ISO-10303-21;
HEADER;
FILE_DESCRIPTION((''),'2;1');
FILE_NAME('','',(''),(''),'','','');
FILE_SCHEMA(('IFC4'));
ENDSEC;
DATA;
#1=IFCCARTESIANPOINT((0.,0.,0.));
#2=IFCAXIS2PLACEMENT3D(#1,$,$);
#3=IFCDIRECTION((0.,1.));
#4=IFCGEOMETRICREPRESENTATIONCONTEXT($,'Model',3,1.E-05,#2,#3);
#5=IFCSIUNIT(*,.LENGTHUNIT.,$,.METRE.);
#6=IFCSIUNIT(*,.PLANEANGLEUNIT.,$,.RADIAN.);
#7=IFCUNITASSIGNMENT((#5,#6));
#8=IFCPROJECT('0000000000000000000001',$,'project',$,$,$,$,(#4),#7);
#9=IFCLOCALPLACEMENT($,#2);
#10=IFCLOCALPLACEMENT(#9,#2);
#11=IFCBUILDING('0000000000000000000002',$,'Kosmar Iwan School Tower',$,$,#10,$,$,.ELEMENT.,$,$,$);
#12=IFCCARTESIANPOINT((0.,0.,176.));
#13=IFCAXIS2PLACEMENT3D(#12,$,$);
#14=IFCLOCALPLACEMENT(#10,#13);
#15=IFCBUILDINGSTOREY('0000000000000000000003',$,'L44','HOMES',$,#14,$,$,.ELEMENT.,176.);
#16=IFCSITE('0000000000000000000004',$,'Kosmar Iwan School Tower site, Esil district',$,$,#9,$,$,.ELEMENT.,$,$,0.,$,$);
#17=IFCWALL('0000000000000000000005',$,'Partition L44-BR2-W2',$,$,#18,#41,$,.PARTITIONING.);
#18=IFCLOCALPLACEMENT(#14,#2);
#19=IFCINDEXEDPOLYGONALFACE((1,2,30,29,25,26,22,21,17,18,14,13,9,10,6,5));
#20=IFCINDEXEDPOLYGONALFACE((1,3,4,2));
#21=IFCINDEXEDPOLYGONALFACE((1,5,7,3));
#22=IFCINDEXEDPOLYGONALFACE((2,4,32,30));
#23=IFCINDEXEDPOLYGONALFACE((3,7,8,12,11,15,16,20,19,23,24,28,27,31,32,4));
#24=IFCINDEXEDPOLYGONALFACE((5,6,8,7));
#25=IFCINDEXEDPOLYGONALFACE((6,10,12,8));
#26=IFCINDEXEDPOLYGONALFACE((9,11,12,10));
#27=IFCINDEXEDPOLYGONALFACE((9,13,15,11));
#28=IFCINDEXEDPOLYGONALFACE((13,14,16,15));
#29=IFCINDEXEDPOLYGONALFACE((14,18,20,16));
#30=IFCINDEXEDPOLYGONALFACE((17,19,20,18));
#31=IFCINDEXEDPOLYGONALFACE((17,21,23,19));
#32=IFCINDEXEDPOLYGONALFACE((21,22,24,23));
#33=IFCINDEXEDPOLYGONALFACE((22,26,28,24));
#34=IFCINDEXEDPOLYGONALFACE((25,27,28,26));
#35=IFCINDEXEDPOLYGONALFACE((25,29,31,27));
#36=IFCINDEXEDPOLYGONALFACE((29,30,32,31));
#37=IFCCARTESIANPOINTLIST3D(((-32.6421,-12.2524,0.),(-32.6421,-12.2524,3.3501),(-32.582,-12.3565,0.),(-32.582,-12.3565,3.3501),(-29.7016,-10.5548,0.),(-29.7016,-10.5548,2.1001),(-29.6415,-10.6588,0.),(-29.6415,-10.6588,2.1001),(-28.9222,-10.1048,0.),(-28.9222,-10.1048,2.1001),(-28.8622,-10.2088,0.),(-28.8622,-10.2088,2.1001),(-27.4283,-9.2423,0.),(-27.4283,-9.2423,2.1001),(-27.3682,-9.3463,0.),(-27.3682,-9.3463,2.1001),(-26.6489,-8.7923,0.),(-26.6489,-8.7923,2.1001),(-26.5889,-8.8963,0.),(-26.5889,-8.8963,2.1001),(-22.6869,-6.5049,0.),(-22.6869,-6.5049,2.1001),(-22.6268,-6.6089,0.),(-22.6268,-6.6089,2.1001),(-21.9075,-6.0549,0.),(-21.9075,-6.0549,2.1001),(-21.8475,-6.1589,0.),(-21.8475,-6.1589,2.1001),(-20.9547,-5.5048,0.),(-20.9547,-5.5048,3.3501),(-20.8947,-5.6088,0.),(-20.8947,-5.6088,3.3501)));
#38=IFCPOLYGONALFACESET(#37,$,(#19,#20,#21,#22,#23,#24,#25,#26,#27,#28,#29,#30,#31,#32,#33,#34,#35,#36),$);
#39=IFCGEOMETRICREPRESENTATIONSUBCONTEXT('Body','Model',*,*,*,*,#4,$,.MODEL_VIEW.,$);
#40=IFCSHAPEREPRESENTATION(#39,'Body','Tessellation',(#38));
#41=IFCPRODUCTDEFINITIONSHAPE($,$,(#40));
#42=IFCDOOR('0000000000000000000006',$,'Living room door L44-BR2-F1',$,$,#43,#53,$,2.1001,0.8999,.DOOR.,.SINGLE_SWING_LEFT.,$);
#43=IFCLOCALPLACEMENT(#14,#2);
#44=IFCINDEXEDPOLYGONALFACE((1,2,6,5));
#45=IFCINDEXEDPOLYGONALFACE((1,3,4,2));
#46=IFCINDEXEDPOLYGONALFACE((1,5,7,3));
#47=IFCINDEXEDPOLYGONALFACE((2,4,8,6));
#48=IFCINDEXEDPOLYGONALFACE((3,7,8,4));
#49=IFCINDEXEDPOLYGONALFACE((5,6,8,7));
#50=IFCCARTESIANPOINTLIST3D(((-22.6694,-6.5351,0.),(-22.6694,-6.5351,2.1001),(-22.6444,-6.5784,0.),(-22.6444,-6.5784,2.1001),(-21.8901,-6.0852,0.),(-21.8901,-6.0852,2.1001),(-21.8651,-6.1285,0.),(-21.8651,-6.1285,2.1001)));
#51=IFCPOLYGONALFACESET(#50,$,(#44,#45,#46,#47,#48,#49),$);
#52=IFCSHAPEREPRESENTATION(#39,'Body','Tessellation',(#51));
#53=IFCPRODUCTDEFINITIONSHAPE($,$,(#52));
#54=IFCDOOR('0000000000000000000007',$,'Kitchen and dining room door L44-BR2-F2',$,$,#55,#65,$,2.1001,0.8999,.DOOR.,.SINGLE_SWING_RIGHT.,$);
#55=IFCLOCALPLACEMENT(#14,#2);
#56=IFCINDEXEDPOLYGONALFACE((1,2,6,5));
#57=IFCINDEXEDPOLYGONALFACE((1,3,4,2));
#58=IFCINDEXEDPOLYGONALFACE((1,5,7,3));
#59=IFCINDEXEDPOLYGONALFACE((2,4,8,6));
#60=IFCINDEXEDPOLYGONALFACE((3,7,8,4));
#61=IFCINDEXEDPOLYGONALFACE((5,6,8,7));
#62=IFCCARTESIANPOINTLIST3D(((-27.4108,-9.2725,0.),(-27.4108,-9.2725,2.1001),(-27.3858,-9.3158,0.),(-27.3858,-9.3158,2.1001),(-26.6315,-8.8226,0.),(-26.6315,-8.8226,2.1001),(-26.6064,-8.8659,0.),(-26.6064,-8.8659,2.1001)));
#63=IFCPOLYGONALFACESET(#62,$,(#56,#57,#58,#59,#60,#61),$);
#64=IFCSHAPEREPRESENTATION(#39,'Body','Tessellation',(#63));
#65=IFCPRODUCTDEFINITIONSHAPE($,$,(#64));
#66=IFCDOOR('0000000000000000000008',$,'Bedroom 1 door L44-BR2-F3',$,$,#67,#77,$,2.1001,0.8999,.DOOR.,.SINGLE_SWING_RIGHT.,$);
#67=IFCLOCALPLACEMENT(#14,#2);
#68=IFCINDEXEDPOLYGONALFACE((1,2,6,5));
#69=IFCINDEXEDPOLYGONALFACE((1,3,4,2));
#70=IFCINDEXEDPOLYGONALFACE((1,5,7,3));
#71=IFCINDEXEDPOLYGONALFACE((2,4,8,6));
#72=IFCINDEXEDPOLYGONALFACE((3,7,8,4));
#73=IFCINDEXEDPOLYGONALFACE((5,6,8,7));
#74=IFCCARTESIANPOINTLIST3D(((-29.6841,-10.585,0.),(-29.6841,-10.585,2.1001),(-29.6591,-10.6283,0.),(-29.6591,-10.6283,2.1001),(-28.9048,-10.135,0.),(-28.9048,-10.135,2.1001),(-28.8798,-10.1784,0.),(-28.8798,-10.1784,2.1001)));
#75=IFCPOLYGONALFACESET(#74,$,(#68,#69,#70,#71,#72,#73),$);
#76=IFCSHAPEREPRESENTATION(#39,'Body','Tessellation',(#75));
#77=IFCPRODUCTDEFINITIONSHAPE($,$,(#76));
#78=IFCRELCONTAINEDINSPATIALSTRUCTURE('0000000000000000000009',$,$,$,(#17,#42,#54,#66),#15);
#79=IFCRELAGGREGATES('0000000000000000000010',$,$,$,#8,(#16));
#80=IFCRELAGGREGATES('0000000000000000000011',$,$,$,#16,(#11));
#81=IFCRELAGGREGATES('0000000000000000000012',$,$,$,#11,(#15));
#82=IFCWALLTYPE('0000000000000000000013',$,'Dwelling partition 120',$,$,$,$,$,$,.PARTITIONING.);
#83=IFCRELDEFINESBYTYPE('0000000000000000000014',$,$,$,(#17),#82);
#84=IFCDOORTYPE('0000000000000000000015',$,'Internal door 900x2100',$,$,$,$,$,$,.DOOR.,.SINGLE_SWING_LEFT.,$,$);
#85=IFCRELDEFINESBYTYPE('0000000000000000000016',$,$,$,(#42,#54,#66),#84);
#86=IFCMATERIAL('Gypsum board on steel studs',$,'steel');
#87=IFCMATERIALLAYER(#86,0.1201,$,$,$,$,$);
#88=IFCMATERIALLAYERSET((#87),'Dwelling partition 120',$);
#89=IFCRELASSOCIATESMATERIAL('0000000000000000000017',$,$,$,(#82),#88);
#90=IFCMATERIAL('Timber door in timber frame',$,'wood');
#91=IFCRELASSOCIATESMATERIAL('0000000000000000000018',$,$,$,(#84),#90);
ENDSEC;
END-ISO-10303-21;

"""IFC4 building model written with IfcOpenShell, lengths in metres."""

from ifc_helpers import new_model, si_unit, direction, frame, frame_2d, origin, place, context, subcontext, project, spatial, rectangle, extrude, material, layer, layer_set, type_object, element, fill, save


model = new_model("IFC4")

# Units and contexts
model_context = context("Model", 3, precision=1e-05, world=origin(), true_north=direction((0.0, 1.0)))
body_context = subcontext(model_context, "Body", "Model", "MODEL_VIEW")
ifc_project = project(units=[si_unit("LENGTHUNIT", "METRE"), si_unit("PLANEANGLEUNIT", "RADIAN")], contexts=[model_context])

# Site, building, storey
site_placement = place(None, origin())
site = spatial("IfcSite", under=ifc_project, at=site_placement, Name="Kosmar Iwan School Tower site, Esil district", CompositionType="ELEMENT", RefElevation=0.0)
building_placement = place(site_placement, origin())
building = spatial("IfcBuilding", under=site, at=building_placement, Name="Kosmar Iwan School Tower", CompositionType="ELEMENT")
storey_placement = place(building_placement, frame((0.0, 0.0, 176.0)))
storey = spatial("IfcBuildingStorey", under=building, at=storey_placement, Name="L44", Description="HOMES", CompositionType="ELEMENT", Elevation=176.0)

# Shared definitions
ifc_material_1 = material(Name="Gypsum board on steel studs", Category="steel")
ifc_layer = layer(ifc_material_1, 0.1201)
ifc_layer_set = layer_set([ifc_layer], Name="Dwelling partition 120")
wall_type = type_object("IfcWallType", Name="Dwelling partition 120", PredefinedType="PARTITIONING", material=ifc_layer_set)

# Wall, openings, doors
wall_1_placement = place(storey_placement, frame((-20.9248, -5.5569, 0.0), z_axis=(0.0, 0.0, 1.0), x_axis=(-0.866028, -0.499995, 0.0)))
wall_1 = element("IfcWall", 1, at=wall_1_placement, inside=storey, type_object=wall_type, Name="Partition L44-BR2-W2", PredefinedType="PARTITIONING", context=body_context, shape_type="SweptSolid", body=[
    extrude(rectangle(XDim=13.4954, YDim=0.1201, at=frame_2d((6.7476, 0.0))), origin(), (0.0, 0.0, 1.0), 3.3501),
])
opening_1_placement = place(wall_1_placement, frame((1.1001, 0.0, 0.0)))
opening_1 = element("IfcOpeningElement", 2, at=opening_1_placement, cuts=wall_1, PredefinedType="OPENING", context=body_context, shape_type="SweptSolid", body=[
    extrude(rectangle(XDim=0.8999, YDim=2.1001, at=frame_2d((0.45, 1.05))), frame((0.0, 0.072, 0.0), z_axis=(0.0, -1.0, 0.0), x_axis=(1.0, 0.0, 0.0)), (0.0, 0.0, 1.0), 0.144),
])
opening_2_placement = place(wall_1_placement, frame((6.575, 0.0, 0.0)))
opening_2 = element("IfcOpeningElement", 3, at=opening_2_placement, cuts=wall_1, PredefinedType="OPENING", context=body_context, shape_type="SweptSolid", body=[
    extrude(rectangle(XDim=0.8999, YDim=2.1001, at=frame_2d((0.45, 1.05))), frame((0.0, 0.072, 0.0), z_axis=(0.0, -1.0, 0.0), x_axis=(1.0, 0.0, 0.0)), (0.0, 0.0, 1.0), 0.144),
])
opening_3_placement = place(wall_1_placement, frame((9.2, 0.0, 0.0)))
opening_3 = element("IfcOpeningElement", 4, at=opening_3_placement, cuts=wall_1, PredefinedType="OPENING", context=body_context, shape_type="SweptSolid", body=[
    extrude(rectangle(XDim=0.8999, YDim=2.1001, at=frame_2d((0.45, 1.05))), frame((0.0, 0.072, 0.0), z_axis=(0.0, -1.0, 0.0), x_axis=(1.0, 0.0, 0.0)), (0.0, 0.0, 1.0), 0.144),
])
ifc_material_2 = material(Name="Timber door in timber frame", Category="wood")
door_type = type_object("IfcDoorType", Name="Internal door 900x2100", OperationType="SINGLE_SWING_LEFT", PredefinedType="DOOR", material=ifc_material_2)
door_1_placement = place(opening_1_placement, origin())
door_1 = element("IfcDoor", 5, at=door_1_placement, inside=storey, type_object=door_type, Name="Living room door L44-BR2-F1", OperationType="SINGLE_SWING_LEFT", OverallHeight=2.1001, OverallWidth=0.8999, PredefinedType="DOOR", context=body_context, shape_type="SweptSolid", body=[
    extrude(rectangle(XDim=0.8999, YDim=2.1001, at=frame_2d((0.45, 1.05))), frame((0.0, 0.0249, 0.0), z_axis=(0.0, -1.0, 0.0), x_axis=(1.0, 0.0, 0.0)), (0.0, 0.0, 1.0), 0.05),
])
fill(opening_1, door_1)
door_2_placement = place(opening_2_placement, origin())
door_2 = element("IfcDoor", 6, at=door_2_placement, inside=storey, type_object=door_type, Name="Kitchen and dining room door L44-BR2-F2", OperationType="SINGLE_SWING_RIGHT", OverallHeight=2.1001, OverallWidth=0.8999, PredefinedType="DOOR", context=body_context, shape_type="SweptSolid", body=[
    extrude(rectangle(XDim=0.8999, YDim=2.1001, at=frame_2d((0.45, 1.05))), frame((0.0, 0.0249, 0.0), z_axis=(0.0, -1.0, 0.0), x_axis=(1.0, 0.0, 0.0)), (0.0, 0.0, 1.0), 0.05),
])
fill(opening_2, door_2)
door_3_placement = place(opening_3_placement, origin())
door_3 = element("IfcDoor", 7, at=door_3_placement, inside=storey, type_object=door_type, Name="Bedroom 1 door L44-BR2-F3", OperationType="SINGLE_SWING_RIGHT", OverallHeight=2.1001, OverallWidth=0.8999, PredefinedType="DOOR", context=body_context, shape_type="SweptSolid", body=[
    extrude(rectangle(XDim=0.8999, YDim=2.1001, at=frame_2d((0.45, 1.05))), frame((0.0, 0.0249, 0.0), z_axis=(0.0, -1.0, 0.0), x_axis=(1.0, 0.0, 0.0)), (0.0, 0.0, 1.0), 0.05),
])
fill(opening_3, door_3)

save(model, "model.ifc")
